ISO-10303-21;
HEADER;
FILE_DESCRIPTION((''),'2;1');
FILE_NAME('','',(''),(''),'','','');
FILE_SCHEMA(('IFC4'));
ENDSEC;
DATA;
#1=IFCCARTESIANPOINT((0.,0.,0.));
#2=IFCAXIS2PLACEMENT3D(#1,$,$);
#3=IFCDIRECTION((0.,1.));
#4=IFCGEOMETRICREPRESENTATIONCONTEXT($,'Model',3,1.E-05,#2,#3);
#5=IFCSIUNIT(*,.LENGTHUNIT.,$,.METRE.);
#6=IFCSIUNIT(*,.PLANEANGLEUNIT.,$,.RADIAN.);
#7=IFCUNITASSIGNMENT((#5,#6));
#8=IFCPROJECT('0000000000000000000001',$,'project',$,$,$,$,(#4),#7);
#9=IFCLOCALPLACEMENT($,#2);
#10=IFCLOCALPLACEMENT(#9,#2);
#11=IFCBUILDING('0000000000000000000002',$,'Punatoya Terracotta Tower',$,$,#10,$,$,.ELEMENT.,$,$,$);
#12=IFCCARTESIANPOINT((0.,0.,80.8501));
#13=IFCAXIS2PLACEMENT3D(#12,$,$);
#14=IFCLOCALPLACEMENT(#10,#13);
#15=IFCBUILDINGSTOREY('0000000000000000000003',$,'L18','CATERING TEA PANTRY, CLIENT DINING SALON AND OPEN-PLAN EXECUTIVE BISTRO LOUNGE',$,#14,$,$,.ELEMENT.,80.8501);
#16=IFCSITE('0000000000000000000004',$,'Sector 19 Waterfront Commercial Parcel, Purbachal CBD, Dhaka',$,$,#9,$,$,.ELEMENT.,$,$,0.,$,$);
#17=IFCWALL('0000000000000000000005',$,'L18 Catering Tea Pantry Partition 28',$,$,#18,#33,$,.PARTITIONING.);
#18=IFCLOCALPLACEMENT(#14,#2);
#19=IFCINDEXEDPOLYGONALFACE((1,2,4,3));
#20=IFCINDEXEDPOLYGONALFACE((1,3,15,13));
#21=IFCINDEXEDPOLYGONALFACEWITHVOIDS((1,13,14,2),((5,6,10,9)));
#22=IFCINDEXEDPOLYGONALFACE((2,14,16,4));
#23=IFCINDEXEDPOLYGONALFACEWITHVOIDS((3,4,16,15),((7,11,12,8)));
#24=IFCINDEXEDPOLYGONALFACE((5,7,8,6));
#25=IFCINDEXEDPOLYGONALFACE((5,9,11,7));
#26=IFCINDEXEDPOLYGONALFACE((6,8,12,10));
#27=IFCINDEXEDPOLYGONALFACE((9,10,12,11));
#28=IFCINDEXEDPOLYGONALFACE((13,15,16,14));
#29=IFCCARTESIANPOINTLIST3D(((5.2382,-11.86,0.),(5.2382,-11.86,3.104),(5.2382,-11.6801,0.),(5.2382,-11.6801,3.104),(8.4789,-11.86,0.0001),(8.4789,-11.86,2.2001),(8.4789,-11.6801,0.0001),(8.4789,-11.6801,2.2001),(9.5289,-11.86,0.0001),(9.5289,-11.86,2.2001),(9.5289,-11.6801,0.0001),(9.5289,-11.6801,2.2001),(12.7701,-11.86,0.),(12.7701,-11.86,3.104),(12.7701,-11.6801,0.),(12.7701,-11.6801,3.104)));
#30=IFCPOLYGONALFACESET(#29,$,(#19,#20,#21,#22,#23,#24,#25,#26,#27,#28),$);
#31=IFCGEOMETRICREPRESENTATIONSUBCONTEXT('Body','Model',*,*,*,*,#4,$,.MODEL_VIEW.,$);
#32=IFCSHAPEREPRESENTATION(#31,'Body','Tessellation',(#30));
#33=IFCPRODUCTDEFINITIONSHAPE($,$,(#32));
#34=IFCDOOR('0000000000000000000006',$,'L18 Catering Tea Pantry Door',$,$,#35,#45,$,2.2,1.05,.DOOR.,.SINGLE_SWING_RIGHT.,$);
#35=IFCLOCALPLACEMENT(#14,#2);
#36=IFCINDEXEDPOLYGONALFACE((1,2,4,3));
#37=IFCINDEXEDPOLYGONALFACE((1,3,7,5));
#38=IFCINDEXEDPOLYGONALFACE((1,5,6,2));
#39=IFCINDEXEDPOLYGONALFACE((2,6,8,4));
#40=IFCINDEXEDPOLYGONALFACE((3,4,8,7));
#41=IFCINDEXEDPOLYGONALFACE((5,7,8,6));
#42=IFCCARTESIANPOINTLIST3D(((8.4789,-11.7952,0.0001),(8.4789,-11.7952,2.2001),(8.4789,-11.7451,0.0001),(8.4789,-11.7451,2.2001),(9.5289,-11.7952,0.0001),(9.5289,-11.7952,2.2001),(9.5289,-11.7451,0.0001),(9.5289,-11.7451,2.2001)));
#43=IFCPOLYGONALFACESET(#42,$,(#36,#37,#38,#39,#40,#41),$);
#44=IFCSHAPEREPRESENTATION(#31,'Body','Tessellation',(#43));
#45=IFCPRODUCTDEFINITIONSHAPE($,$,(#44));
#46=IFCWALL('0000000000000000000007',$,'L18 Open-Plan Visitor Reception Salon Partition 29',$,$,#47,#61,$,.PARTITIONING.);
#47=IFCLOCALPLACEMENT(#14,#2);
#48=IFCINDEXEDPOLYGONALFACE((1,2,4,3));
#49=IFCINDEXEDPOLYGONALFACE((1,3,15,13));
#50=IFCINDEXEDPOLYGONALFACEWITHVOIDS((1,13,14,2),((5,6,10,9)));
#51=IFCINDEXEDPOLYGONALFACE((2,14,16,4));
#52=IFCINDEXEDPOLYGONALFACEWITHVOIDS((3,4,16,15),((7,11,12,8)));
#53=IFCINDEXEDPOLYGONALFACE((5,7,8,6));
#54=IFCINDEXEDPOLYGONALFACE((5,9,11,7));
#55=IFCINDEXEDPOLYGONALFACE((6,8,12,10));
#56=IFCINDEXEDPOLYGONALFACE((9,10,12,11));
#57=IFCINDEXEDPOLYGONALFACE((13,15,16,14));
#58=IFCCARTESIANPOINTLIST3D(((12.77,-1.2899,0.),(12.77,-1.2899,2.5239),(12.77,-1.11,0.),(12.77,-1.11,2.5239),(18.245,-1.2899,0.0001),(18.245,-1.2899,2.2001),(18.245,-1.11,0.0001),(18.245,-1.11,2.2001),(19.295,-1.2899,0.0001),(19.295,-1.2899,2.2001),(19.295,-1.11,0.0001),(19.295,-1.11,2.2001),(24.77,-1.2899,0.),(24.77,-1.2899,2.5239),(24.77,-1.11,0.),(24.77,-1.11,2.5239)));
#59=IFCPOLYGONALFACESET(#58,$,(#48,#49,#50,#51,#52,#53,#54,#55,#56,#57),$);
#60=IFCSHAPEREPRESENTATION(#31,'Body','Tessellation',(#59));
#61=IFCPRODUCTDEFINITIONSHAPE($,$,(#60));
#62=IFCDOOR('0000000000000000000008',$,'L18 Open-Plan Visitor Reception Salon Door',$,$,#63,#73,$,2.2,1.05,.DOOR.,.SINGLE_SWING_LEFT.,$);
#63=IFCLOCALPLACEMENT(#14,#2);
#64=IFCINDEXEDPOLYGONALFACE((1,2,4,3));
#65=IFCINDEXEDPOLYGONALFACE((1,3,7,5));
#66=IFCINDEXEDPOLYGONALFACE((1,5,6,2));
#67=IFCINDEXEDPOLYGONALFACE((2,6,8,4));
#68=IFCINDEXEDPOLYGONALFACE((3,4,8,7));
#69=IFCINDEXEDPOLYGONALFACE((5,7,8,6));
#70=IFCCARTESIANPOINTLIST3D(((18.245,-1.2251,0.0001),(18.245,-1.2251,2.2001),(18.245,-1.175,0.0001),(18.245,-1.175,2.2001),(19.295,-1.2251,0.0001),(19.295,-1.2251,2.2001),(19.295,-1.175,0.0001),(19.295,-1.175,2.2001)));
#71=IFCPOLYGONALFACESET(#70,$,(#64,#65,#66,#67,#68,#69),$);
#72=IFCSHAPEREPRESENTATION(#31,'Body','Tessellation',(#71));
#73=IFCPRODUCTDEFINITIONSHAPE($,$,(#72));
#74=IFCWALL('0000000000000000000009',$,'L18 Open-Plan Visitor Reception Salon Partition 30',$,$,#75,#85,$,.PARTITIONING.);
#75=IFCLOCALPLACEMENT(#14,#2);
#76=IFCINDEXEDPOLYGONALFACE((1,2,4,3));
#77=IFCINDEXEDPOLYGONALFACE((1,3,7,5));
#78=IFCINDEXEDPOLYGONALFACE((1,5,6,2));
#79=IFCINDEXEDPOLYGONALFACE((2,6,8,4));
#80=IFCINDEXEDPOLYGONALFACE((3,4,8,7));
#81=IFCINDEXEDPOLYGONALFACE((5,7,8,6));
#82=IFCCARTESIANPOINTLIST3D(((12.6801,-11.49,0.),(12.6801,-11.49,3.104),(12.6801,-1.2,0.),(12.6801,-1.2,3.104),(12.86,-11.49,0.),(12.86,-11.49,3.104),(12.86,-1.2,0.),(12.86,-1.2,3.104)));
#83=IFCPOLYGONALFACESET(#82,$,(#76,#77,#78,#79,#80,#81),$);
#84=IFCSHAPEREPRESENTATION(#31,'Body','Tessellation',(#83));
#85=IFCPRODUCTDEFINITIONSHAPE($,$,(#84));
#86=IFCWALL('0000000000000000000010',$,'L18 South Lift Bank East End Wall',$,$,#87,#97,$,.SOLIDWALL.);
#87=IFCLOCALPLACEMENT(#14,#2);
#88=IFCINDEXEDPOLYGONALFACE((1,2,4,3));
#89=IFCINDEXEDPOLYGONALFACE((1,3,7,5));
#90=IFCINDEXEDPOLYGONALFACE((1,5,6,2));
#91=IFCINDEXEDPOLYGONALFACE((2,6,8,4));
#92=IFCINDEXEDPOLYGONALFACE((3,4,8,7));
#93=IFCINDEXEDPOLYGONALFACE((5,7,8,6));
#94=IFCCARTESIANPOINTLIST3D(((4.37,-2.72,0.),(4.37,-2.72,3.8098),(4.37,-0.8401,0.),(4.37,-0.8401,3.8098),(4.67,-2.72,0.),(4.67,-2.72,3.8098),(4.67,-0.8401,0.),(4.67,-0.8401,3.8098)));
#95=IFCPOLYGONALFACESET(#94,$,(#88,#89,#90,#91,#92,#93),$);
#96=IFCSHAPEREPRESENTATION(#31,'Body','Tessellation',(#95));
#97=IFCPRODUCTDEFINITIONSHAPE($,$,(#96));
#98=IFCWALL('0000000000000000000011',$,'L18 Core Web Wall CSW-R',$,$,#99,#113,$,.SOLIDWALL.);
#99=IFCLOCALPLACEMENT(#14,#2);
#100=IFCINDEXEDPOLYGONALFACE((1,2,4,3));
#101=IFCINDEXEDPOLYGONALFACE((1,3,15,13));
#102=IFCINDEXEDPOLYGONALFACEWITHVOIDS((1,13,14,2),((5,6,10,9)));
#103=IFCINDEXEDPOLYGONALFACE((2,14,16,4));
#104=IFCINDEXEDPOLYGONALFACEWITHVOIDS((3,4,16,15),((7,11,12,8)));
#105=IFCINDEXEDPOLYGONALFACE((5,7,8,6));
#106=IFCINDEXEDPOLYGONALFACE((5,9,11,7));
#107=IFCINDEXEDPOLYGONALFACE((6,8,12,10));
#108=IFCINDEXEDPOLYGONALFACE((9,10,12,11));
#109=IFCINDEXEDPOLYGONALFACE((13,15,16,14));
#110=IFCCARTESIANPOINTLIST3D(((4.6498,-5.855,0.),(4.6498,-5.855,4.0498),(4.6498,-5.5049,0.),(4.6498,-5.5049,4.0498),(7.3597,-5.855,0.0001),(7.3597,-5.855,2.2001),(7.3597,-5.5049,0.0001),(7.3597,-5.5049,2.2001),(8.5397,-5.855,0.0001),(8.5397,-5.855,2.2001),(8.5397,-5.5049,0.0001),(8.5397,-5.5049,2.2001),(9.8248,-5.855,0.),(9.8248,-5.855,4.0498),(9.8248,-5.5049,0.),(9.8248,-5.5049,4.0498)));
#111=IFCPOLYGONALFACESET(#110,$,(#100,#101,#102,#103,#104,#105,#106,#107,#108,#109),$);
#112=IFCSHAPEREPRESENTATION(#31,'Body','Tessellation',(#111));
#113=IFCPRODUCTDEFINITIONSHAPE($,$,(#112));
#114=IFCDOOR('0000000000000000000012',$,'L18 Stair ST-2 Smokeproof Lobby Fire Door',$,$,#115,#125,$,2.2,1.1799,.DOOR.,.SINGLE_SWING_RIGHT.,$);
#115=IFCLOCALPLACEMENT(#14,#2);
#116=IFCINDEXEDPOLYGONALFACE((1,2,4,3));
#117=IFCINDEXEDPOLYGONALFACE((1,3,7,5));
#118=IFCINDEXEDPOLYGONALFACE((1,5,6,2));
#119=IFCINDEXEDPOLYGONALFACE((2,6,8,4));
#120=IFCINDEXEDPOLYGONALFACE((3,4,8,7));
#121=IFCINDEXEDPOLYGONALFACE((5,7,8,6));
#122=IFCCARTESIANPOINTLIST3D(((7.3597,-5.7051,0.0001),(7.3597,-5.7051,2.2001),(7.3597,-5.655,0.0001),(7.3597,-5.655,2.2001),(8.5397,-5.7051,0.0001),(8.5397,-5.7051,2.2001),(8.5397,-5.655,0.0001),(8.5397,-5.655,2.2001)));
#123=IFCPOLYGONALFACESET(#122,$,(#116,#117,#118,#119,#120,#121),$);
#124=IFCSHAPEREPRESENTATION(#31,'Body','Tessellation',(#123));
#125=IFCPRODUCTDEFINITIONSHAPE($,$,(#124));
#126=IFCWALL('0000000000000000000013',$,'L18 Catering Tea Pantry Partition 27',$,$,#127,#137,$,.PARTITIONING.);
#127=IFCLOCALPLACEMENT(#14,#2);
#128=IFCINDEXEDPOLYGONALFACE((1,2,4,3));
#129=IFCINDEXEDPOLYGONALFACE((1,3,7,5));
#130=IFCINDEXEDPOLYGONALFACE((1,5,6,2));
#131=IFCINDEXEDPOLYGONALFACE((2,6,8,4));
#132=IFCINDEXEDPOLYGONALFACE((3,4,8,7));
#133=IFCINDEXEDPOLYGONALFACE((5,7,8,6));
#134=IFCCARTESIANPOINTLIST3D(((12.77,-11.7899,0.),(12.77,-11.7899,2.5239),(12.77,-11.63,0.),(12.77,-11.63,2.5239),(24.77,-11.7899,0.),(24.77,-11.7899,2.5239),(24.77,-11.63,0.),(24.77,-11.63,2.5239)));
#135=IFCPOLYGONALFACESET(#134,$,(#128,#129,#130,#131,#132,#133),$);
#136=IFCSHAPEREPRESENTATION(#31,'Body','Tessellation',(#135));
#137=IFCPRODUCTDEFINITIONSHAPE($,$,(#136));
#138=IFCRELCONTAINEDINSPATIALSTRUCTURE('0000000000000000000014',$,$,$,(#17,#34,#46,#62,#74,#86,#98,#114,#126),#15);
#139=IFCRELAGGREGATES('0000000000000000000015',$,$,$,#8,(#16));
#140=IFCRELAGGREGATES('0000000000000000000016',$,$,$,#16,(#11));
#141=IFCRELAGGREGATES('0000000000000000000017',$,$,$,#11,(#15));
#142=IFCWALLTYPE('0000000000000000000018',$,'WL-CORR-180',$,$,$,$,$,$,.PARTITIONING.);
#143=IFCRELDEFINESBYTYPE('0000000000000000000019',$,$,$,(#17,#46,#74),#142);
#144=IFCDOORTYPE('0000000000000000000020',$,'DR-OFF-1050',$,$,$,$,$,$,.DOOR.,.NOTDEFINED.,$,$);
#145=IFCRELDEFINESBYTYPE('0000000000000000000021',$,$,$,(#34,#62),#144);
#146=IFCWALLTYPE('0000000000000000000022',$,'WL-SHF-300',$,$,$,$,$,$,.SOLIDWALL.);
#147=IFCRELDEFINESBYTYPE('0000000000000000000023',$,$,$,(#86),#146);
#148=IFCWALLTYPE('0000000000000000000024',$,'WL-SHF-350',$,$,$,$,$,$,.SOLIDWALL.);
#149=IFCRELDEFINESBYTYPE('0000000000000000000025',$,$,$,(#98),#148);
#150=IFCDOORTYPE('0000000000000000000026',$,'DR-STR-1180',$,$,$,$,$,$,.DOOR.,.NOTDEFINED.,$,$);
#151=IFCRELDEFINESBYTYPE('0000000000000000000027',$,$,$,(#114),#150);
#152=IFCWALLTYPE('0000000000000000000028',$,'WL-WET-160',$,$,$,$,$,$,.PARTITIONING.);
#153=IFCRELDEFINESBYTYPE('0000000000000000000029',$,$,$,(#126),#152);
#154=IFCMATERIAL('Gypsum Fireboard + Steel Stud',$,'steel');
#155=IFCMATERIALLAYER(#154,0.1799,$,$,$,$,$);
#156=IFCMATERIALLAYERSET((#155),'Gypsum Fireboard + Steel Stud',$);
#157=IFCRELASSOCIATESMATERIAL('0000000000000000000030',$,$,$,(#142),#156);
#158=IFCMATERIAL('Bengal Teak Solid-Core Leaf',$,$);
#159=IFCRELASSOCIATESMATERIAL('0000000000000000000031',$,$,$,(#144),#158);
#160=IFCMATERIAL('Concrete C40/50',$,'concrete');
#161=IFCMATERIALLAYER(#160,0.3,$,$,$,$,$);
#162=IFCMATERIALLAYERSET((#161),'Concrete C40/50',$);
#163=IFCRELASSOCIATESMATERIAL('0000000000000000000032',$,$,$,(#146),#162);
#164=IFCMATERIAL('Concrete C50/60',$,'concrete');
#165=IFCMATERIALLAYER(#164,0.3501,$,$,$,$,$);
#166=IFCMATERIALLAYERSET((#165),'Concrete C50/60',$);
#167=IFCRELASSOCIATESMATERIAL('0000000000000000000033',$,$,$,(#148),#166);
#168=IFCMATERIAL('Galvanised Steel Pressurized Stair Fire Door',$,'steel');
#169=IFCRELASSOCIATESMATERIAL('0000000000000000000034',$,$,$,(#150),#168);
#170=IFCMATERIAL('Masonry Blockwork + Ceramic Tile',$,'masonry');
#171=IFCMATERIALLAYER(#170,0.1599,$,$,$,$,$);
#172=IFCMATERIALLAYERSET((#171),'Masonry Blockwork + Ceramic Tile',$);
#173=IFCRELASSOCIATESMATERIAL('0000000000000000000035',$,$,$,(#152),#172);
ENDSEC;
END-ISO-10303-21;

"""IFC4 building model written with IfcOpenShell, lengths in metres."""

from ifc_helpers import new_model, si_unit, direction, frame, frame_2d, origin, place, context, subcontext, project, spatial, rectangle, extrude, material, layer, layer_set, type_object, element, fill, save


model = new_model("IFC4")

# Units and contexts
model_context = context("Model", 3, precision=1e-05, world=origin(), true_north=direction((0.0, 1.0)))
body_context = subcontext(model_context, "Body", "Model", "MODEL_VIEW")
ifc_project = project(units=[si_unit("LENGTHUNIT", "METRE"), si_unit("PLANEANGLEUNIT", "RADIAN")], contexts=[model_context])

# Site, building, storey
site_placement = place(None, origin())
site = spatial("IfcSite", under=ifc_project, at=site_placement, Name="Sector 19 Waterfront Commercial Parcel, Purbachal CBD, Dhaka", CompositionType="ELEMENT", RefElevation=0.0)
building_placement = place(site_placement, origin())
building = spatial("IfcBuilding", under=site, at=building_placement, Name="Punatoya Terracotta Tower", CompositionType="ELEMENT")
storey_placement = place(building_placement, frame((0.0, 0.0, 80.8501)))
storey = spatial("IfcBuildingStorey", under=building, at=storey_placement, Name="L18", Description="CATERING TEA PANTRY, CLIENT DINING SALON AND OPEN-PLAN EXECUTIVE BISTRO LOUNGE", CompositionType="ELEMENT", Elevation=80.8501)

# Shared definitions
ifc_material_1 = material(Name="Concrete C40/50", Category="concrete")

# Walls, openings, doors
ifc_material_2 = material(Name="Gypsum Fireboard + Steel Stud", Category="steel")
ifc_layer_1 = layer(ifc_material_2, 0.1799)
ifc_layer_set_1 = layer_set([ifc_layer_1], Name="Gypsum Fireboard + Steel Stud")
wall_type_1 = type_object("IfcWallType", Name="WL-CORR-180", PredefinedType="PARTITIONING", material=ifc_layer_set_1)
wall_1_placement = place(storey_placement, frame((5.238, -11.77, 0.0), z_axis=(0.0, 0.0, 1.0), x_axis=(1.0, 0.0, 0.0)))
wall_1 = element("IfcWall", 1, at=wall_1_placement, inside=storey, type_object=wall_type_1, Name="L18 Catering Tea Pantry Partition 28", PredefinedType="PARTITIONING", context=body_context, shape_type="SweptSolid", body=[
    extrude(rectangle(XDim=7.532, YDim=0.1799, at=frame_2d((3.7661, 0.0))), origin(), (0.0, 0.0, 1.0), 3.104),
])
opening_1_placement = place(wall_1_placement, frame((3.241, 0.0, 0.0)))
opening_1 = element("IfcOpeningElement", 2, at=opening_1_placement, cuts=wall_1, PredefinedType="OPENING", context=body_context, shape_type="SweptSolid", body=[
    extrude(rectangle(XDim=1.05, YDim=2.2, at=frame_2d((0.5249, 1.1001))), frame((0.0, 0.0999, 0.0), z_axis=(0.0, -1.0, 0.0), x_axis=(1.0, 0.0, 0.0)), (0.0, 0.0, 1.0), 0.2),
])
ifc_material_3 = material(Name="Bengal Teak Solid-Core Leaf")
door_type_1 = type_object("IfcDoorType", Name="DR-OFF-1050", OperationType="NOTDEFINED", PredefinedType="DOOR", material=ifc_material_3)
door_1_placement = place(opening_1_placement, origin())
door_1 = element("IfcDoor", 3, at=door_1_placement, inside=storey, type_object=door_type_1, Name="L18 Catering Tea Pantry Door", OperationType="SINGLE_SWING_RIGHT", OverallHeight=2.2, OverallWidth=1.05, PredefinedType="DOOR", context=body_context, shape_type="SweptSolid", body=[
    extrude(rectangle(XDim=1.05, YDim=2.2, at=frame_2d((0.5249, 1.1001))), frame((0.0, 0.0249, 0.0), z_axis=(0.0, -1.0, 0.0), x_axis=(1.0, 0.0, 0.0)), (0.0, 0.0, 1.0), 0.05),
])
fill(opening_1, door_1)
wall_2_placement = place(storey_placement, frame((12.77, -1.2, 0.0), z_axis=(0.0, 0.0, 1.0), x_axis=(1.0, 0.0, 0.0)))
wall_2 = element("IfcWall", 4, at=wall_2_placement, inside=storey, type_object=wall_type_1, Name="L18 Open-Plan Visitor Reception Salon Partition 29", PredefinedType="PARTITIONING", context=body_context, shape_type="SweptSolid", body=[
    extrude(rectangle(XDim=12.0, YDim=0.1799, at=frame_2d((6.0, 0.0))), origin(), (0.0, 0.0, 1.0), 2.5239),
])
opening_2_placement = place(wall_2_placement, frame((5.4751, 0.0, 0.0)))
opening_2 = element("IfcOpeningElement", 5, at=opening_2_placement, cuts=wall_2, PredefinedType="OPENING", context=body_context, shape_type="SweptSolid", body=[
    extrude(rectangle(XDim=1.05, YDim=2.2, at=frame_2d((0.5249, 1.1001))), frame((0.0, 0.0999, 0.0), z_axis=(0.0, -1.0, 0.0), x_axis=(1.0, 0.0, 0.0)), (0.0, 0.0, 1.0), 0.2),
])
door_2_placement = place(opening_2_placement, origin())
door_2 = element("IfcDoor", 6, at=door_2_placement, inside=storey, type_object=door_type_1, Name="L18 Open-Plan Visitor Reception Salon Door", OperationType="SINGLE_SWING_LEFT", OverallHeight=2.2, OverallWidth=1.05, PredefinedType="DOOR", context=body_context, shape_type="SweptSolid", body=[
    extrude(rectangle(XDim=1.05, YDim=2.2, at=frame_2d((0.5249, 1.1001))), frame((0.0, 0.0249, 0.0), z_axis=(0.0, -1.0, 0.0), x_axis=(1.0, 0.0, 0.0)), (0.0, 0.0, 1.0), 0.05),
])
fill(opening_2, door_2)

# Walls
wall_3_placement = place(storey_placement, frame((12.77, -11.49, 0.0), z_axis=(0.0, 0.0, 1.0), x_axis=(0.0, 1.0, 0.0)))
element("IfcWall", 7, at=wall_3_placement, inside=storey, type_object=wall_type_1, Name="L18 Open-Plan Visitor Reception Salon Partition 30", PredefinedType="PARTITIONING", context=body_context, shape_type="SweptSolid", body=[
    extrude(rectangle(XDim=10.29, YDim=0.1799, at=frame_2d((5.145, 0.0))), origin(), (0.0, 0.0, 1.0), 3.104),
])
ifc_layer_2 = layer(ifc_material_1, 0.3)
ifc_layer_set_2 = layer_set([ifc_layer_2], Name="Concrete C40/50")
wall_type_2 = type_object("IfcWallType", Name="WL-SHF-300", PredefinedType="SOLIDWALL", material=ifc_layer_set_2)
wall_4_placement = place(storey_placement, frame((4.52, -2.72, 0.0), z_axis=(0.0, 0.0, 1.0), x_axis=(0.0, 1.0, 0.0)))
element("IfcWall", 8, at=wall_4_placement, inside=storey, type_object=wall_type_2, Name="L18 South Lift Bank East End Wall", PredefinedType="SOLIDWALL", context=body_context, shape_type="SweptSolid", body=[
    extrude(rectangle(XDim=1.8799, YDim=0.3, at=frame_2d((0.9399, 0.0))), origin(), (0.0, 0.0, 1.0), 3.8098),
])

# Wall, opening, door
ifc_material_4 = material(Name="Concrete C50/60", Category="concrete")
ifc_layer_3 = layer(ifc_material_4, 0.3501)
ifc_layer_set_3 = layer_set([ifc_layer_3], Name="Concrete C50/60")
wall_type_3 = type_object("IfcWallType", Name="WL-SHF-350", PredefinedType="SOLIDWALL", material=ifc_layer_set_3)
wall_5_placement = place(storey_placement, frame((4.6499, -5.6799, 0.0), z_axis=(0.0, 0.0, 1.0), x_axis=(1.0, 0.0, 0.0)))
wall_5 = element("IfcWall", 9, at=wall_5_placement, inside=storey, type_object=wall_type_3, Name="L18 Core Web Wall CSW-R", PredefinedType="SOLIDWALL", context=body_context, shape_type="SweptSolid", body=[
    extrude(rectangle(XDim=5.175, YDim=0.3501, at=frame_2d((2.5874, 0.0))), origin(), (0.0, 0.0, 1.0), 4.0498),
])
opening_3_placement = place(wall_5_placement, frame((2.71, 0.0, 0.0)))
opening_3 = element("IfcOpeningElement", 10, at=opening_3_placement, cuts=wall_5, PredefinedType="OPENING", context=body_context, shape_type="SweptSolid", body=[
    extrude(rectangle(XDim=1.1799, YDim=2.2, at=frame_2d((0.5898, 1.1001))), frame((0.0, 0.1851, 0.0), z_axis=(0.0, -1.0, 0.0), x_axis=(1.0, 0.0, 0.0)), (0.0, 0.0, 1.0), 0.3701),
])
ifc_material_5 = material(Name="Galvanised Steel Pressurized Stair Fire Door", Category="steel")
door_type_2 = type_object("IfcDoorType", Name="DR-STR-1180", OperationType="NOTDEFINED", PredefinedType="DOOR", material=ifc_material_5)
door_3_placement = place(opening_3_placement, origin())
door_3 = element("IfcDoor", 11, at=door_3_placement, inside=storey, type_object=door_type_2, Name="L18 Stair ST-2 Smokeproof Lobby Fire Door", OperationType="SINGLE_SWING_RIGHT", OverallHeight=2.2, OverallWidth=1.1799, PredefinedType="DOOR", context=body_context, shape_type="SweptSolid", body=[
    extrude(rectangle(XDim=1.1799, YDim=2.2, at=frame_2d((0.5898, 1.1001))), frame((0.0, 0.0249, 0.0), z_axis=(0.0, -1.0, 0.0), x_axis=(1.0, 0.0, 0.0)), (0.0, 0.0, 1.0), 0.05),
])
fill(opening_3, door_3)

# Wall
ifc_material_6 = material(Name="Masonry Blockwork + Ceramic Tile", Category="masonry")
ifc_layer_4 = layer(ifc_material_6, 0.1599)
ifc_layer_set_4 = layer_set([ifc_layer_4], Name="Masonry Blockwork + Ceramic Tile")
wall_type_4 = type_object("IfcWallType", Name="WL-WET-160", PredefinedType="PARTITIONING", material=ifc_layer_set_4)
wall_6_placement = place(storey_placement, frame((12.77, -11.71, 0.0), z_axis=(0.0, 0.0, 1.0), x_axis=(1.0, 0.0, 0.0)))
element("IfcWall", 12, at=wall_6_placement, inside=storey, type_object=wall_type_4, Name="L18 Catering Tea Pantry Partition 27", PredefinedType="PARTITIONING", context=body_context, shape_type="SweptSolid", body=[
    extrude(rectangle(XDim=12.0, YDim=0.1599, at=frame_2d((6.0, 0.0))), origin(), (0.0, 0.0, 1.0), 2.5239),
])

save(model, "model.ifc")
